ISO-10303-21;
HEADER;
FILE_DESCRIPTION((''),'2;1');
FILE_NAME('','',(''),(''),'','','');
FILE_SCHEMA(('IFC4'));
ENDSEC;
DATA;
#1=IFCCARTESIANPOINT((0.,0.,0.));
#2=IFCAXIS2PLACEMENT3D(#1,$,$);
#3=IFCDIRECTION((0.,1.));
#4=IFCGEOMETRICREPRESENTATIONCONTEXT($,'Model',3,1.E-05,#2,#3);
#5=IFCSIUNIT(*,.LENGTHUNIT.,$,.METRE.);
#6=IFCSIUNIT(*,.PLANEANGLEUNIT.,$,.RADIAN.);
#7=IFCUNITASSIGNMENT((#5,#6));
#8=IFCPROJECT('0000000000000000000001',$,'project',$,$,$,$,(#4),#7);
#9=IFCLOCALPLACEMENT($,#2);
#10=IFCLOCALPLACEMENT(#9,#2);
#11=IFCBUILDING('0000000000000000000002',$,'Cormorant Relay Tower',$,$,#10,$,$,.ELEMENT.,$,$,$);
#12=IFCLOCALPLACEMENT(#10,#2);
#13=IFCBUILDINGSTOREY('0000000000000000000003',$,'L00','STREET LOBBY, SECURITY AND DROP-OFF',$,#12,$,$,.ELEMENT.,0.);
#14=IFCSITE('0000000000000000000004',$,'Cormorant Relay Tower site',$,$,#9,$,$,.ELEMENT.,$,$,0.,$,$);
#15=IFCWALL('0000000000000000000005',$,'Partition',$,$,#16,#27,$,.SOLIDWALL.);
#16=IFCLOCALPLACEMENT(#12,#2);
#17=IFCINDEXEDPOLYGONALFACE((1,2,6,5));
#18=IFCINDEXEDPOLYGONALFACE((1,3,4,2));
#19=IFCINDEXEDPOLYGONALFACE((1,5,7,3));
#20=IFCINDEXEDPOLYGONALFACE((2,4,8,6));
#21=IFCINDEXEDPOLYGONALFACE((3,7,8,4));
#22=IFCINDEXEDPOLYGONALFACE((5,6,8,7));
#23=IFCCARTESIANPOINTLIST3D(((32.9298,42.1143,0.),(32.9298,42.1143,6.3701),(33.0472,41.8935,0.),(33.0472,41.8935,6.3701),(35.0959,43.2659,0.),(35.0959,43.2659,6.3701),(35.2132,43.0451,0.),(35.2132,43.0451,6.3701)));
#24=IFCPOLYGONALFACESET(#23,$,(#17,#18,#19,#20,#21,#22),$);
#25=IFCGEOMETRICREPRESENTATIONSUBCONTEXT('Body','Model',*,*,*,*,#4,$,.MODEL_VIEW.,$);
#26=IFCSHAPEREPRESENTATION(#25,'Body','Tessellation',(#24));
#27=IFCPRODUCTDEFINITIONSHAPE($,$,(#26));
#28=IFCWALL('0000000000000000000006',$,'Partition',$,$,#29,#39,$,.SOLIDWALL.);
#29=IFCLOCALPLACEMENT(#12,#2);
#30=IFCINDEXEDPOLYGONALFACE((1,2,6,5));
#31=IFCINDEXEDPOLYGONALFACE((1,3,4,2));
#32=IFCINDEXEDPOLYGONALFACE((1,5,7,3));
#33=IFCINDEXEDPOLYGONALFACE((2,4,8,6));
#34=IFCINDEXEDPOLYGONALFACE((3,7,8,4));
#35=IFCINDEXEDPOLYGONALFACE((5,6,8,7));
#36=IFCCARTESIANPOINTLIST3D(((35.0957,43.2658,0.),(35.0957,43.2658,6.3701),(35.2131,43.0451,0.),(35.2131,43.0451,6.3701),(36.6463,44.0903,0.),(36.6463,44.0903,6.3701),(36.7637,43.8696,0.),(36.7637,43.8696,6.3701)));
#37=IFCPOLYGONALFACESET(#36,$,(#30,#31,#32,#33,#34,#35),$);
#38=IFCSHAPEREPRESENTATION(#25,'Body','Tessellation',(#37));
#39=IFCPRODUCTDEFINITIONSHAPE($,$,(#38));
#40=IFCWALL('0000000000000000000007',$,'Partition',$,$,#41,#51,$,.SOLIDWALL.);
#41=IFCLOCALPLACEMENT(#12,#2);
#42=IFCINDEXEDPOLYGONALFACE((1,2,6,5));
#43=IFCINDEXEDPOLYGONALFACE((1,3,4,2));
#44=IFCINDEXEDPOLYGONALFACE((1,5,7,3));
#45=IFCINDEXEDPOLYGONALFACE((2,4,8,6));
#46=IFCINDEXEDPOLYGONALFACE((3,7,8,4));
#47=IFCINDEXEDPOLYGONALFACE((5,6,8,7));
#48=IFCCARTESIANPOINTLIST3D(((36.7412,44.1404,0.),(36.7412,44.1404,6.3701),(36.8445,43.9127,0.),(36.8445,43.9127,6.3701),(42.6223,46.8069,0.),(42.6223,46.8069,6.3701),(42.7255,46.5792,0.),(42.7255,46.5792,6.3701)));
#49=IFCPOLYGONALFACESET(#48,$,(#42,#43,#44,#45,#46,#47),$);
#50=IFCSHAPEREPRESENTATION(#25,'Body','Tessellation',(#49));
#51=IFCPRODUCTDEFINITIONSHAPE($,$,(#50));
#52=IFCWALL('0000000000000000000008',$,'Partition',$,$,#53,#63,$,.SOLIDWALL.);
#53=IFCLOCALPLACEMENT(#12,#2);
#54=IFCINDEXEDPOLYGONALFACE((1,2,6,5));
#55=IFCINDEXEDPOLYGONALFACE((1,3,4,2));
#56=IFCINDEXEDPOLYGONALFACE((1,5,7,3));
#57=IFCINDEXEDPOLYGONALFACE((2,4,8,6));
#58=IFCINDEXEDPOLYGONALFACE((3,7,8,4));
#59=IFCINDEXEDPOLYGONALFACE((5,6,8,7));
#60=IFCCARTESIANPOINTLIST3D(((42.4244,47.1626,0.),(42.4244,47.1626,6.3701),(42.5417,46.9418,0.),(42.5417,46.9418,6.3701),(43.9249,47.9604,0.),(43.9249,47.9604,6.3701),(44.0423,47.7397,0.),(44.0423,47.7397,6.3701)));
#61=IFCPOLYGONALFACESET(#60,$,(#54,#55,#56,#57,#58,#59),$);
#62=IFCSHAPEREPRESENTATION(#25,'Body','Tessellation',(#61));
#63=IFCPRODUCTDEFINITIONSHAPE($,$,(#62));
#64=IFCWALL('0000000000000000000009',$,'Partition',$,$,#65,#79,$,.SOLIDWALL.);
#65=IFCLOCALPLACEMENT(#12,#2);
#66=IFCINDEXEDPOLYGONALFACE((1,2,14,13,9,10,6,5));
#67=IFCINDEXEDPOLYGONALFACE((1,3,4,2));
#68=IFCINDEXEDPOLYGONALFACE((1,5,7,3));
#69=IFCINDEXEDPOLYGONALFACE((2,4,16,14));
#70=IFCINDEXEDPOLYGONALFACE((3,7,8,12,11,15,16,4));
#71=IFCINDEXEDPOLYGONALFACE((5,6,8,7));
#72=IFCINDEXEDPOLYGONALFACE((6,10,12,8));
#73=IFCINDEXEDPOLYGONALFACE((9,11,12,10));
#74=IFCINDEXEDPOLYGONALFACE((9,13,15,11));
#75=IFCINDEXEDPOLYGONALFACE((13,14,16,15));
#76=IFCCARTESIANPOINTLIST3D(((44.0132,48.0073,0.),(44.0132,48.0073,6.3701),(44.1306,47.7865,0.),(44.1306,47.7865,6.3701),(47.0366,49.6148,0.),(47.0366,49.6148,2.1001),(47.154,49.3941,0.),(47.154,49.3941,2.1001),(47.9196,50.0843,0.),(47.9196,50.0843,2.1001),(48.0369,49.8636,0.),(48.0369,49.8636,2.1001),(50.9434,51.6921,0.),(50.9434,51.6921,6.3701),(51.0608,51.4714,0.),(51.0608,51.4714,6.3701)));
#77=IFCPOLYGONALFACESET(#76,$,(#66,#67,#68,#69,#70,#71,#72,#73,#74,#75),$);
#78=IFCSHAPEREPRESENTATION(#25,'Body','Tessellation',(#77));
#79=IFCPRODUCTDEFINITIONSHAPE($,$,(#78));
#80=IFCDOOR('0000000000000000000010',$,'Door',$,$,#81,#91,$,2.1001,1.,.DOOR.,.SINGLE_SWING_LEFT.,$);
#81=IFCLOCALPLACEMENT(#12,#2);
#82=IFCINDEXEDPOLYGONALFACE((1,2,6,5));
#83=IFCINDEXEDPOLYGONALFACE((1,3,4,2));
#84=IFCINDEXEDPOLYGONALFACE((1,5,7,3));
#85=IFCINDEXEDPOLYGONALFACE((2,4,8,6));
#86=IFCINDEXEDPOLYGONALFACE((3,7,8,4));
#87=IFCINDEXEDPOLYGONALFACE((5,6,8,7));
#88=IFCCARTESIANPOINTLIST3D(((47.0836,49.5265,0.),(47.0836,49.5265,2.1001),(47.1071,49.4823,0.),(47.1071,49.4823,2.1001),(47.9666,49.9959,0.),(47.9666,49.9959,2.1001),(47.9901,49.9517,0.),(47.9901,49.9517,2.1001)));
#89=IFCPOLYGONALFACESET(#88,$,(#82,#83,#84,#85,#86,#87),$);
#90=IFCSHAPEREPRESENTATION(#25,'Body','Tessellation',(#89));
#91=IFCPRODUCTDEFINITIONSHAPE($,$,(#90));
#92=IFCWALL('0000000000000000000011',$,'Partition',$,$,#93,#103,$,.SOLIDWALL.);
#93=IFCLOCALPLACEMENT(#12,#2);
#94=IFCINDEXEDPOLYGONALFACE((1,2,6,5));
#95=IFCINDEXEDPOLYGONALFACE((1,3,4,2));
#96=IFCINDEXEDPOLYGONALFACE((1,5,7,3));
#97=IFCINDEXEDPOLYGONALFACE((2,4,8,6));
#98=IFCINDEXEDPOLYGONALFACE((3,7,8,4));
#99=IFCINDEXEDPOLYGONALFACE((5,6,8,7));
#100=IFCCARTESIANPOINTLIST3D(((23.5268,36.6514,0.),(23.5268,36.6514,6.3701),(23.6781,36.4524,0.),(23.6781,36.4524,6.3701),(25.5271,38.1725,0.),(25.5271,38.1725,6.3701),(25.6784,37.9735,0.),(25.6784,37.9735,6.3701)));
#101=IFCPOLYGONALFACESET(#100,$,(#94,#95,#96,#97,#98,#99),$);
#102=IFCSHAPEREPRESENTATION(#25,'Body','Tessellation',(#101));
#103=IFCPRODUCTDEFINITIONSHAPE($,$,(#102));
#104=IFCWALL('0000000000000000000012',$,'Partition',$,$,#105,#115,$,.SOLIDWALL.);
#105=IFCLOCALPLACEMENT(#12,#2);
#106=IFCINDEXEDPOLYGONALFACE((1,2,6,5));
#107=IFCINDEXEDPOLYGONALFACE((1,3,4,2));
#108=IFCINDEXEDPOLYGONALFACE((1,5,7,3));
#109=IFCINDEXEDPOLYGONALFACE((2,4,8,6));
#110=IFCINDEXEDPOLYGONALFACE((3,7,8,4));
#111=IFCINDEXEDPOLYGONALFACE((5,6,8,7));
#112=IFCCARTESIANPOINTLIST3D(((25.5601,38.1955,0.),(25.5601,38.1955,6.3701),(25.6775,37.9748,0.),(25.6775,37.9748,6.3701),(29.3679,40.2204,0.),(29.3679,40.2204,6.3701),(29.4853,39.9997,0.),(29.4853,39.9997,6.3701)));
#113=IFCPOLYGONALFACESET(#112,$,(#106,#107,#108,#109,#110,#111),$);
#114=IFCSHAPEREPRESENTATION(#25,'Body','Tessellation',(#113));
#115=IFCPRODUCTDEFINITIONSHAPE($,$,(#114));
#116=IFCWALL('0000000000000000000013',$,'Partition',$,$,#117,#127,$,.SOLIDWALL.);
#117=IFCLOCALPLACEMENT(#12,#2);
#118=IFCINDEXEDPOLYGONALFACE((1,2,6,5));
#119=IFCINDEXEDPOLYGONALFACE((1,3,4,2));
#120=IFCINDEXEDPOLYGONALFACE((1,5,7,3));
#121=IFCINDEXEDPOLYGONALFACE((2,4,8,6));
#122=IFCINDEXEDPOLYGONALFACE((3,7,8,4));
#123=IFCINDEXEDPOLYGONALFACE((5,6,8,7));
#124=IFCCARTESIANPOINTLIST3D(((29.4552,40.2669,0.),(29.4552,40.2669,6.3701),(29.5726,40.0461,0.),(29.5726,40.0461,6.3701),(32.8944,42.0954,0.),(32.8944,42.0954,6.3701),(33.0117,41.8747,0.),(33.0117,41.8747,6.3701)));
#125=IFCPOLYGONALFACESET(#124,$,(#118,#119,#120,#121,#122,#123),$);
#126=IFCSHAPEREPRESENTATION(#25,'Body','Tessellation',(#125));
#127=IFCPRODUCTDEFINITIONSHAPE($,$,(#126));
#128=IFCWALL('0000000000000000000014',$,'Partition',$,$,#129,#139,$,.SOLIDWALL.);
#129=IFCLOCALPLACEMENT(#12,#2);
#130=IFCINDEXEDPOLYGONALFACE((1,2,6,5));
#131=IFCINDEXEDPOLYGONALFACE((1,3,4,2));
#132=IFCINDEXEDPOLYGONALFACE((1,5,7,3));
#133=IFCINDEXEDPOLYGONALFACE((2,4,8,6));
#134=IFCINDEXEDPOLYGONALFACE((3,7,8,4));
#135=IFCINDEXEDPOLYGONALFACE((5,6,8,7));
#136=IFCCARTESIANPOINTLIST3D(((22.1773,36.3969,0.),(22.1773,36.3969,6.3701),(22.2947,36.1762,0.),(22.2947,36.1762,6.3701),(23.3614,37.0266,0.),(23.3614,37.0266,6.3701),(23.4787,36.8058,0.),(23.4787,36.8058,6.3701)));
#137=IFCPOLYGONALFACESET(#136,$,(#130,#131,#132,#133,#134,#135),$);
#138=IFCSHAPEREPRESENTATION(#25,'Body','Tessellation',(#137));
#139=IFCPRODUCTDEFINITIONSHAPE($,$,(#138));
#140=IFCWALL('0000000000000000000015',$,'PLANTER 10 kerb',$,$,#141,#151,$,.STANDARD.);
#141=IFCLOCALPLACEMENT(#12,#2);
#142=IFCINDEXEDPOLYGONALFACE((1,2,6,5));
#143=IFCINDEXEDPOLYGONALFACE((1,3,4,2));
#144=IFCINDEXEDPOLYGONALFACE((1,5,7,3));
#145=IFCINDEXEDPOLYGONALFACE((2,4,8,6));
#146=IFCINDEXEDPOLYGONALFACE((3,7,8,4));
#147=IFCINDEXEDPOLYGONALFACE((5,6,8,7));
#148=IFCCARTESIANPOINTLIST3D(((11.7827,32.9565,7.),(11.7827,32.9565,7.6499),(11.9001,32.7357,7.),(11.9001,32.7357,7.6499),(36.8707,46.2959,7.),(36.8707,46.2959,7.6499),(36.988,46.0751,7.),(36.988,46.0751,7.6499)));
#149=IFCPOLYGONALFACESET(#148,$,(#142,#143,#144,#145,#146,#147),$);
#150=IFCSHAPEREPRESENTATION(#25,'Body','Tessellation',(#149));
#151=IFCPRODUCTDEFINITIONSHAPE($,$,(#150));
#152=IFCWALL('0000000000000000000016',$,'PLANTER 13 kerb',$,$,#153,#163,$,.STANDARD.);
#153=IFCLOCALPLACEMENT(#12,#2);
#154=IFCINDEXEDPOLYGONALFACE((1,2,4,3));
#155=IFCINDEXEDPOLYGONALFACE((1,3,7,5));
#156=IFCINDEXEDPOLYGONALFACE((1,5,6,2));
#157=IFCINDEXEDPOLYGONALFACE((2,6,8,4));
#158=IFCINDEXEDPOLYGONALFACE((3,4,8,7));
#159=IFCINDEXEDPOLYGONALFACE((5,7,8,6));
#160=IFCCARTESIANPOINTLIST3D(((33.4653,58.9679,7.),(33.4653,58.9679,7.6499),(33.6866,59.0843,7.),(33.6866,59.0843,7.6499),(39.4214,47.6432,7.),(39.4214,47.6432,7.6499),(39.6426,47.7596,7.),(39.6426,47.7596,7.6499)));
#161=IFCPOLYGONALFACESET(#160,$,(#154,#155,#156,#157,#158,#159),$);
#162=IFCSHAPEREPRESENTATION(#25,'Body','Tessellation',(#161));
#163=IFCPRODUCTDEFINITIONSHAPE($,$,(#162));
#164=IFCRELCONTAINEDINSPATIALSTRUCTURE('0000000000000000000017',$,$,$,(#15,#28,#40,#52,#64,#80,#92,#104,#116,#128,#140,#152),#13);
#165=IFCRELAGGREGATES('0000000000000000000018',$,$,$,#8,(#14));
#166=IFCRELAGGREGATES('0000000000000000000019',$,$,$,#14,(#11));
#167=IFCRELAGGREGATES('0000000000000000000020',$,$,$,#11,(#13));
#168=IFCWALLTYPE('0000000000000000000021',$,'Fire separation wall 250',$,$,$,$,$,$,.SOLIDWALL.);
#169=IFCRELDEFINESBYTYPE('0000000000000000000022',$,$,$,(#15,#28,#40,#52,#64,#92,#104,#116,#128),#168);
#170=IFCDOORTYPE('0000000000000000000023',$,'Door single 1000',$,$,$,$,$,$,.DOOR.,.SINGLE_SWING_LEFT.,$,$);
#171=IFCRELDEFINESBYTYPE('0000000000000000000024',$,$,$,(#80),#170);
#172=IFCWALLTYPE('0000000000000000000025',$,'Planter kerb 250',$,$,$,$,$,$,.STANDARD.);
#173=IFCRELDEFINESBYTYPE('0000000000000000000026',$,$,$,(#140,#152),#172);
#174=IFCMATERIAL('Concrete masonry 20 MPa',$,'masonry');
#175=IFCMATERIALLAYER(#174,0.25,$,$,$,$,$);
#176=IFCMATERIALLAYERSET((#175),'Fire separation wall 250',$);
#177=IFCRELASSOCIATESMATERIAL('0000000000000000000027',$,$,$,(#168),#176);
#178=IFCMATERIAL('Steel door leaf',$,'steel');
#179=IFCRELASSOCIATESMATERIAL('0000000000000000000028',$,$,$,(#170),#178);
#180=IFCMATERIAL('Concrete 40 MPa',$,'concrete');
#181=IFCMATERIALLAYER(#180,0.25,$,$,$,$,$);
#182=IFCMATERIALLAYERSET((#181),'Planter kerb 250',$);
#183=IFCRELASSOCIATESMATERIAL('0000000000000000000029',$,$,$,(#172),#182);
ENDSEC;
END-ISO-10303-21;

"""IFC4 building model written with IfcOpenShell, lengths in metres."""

from ifc_helpers import new_model, si_unit, direction, frame, frame_2d, origin, place, context, subcontext, project, spatial, rectangle, extrude, material, layer, layer_set, type_object, element, fill, save


model = new_model("IFC4")

# Units and contexts
model_context = context("Model", 3, precision=1e-05, world=origin(), true_north=direction((0.0, 1.0)))
body_context = subcontext(model_context, "Body", "Model", "MODEL_VIEW")
ifc_project = project(units=[si_unit("LENGTHUNIT", "METRE"), si_unit("PLANEANGLEUNIT", "RADIAN")], contexts=[model_context])

# Site, building, storey
site_placement = place(None, origin())
site = spatial("IfcSite", under=ifc_project, at=site_placement, Name="Cormorant Relay Tower site", CompositionType="ELEMENT", RefElevation=0.0)
building_placement = place(site_placement, origin())
building = spatial("IfcBuilding", under=site, at=building_placement, Name="Cormorant Relay Tower", CompositionType="ELEMENT")
storey_placement = place(building_placement, origin())
storey = spatial("IfcBuildingStorey", under=building, at=storey_placement, Name="L00", Description="STREET LOBBY, SECURITY AND DROP-OFF", CompositionType="ELEMENT", Elevation=0.0)

# Walls
ifc_material_1 = material(Name="Concrete masonry 20 MPa", Category="masonry")
ifc_layer_1 = layer(ifc_material_1, 0.25)
ifc_layer_set_1 = layer_set([ifc_layer_1], Name="Fire separation wall 250")
wall_type_1 = type_object("IfcWallType", Name="Fire separation wall 250", PredefinedType="SOLIDWALL", material=ifc_layer_set_1)
wall_1_placement = place(storey_placement, frame((32.9885, 42.0039, 0.0), z_axis=(0.0, 0.0, 1.0), x_axis=(0.882961, 0.469446, 0.0)))
element("IfcWall", 1, at=wall_1_placement, inside=storey, type_object=wall_type_1, Name="Partition", PredefinedType="SOLIDWALL", context=body_context, shape_type="SweptSolid", body=[
    extrude(rectangle(XDim=2.4531, YDim=0.25, at=frame_2d((1.2266, 0.0))), origin(), (0.0, 0.0, 1.0), 6.3701),
])
wall_2_placement = place(storey_placement, frame((35.1545, 43.1555, 0.0), z_axis=(0.0, 0.0, 1.0), x_axis=(0.882941, 0.469484, 0.0)))
element("IfcWall", 2, at=wall_2_placement, inside=storey, type_object=wall_type_1, Name="Partition", PredefinedType="SOLIDWALL", context=body_context, shape_type="SweptSolid", body=[
    extrude(rectangle(XDim=1.7561, YDim=0.25, at=frame_2d((0.8779, 0.0))), origin(), (0.0, 0.0, 1.0), 6.3701),
])
wall_3_placement = place(storey_placement, frame((36.793, 44.0266, 0.0), z_axis=(0.0, 0.0, 1.0), x_axis=(0.910758, 0.41294, 0.0)))
element("IfcWall", 3, at=wall_3_placement, inside=storey, type_object=wall_type_1, Name="Partition", PredefinedType="SOLIDWALL", context=body_context, shape_type="SweptSolid", body=[
    extrude(rectangle(XDim=6.4573, YDim=0.25, at=frame_2d((3.2285, 0.0))), origin(), (0.0, 0.0, 1.0), 6.3701),
])
wall_4_placement = place(storey_placement, frame((42.4832, 47.0522, 0.0), z_axis=(0.0, 0.0, 1.0), x_axis=(0.882941, 0.469484, 0.0)))
element("IfcWall", 4, at=wall_4_placement, inside=storey, type_object=wall_type_1, Name="Partition", PredefinedType="SOLIDWALL", context=body_context, shape_type="SweptSolid", body=[
    extrude(rectangle(XDim=1.6995, YDim=0.25, at=frame_2d((0.8496, 0.0))), origin(), (0.0, 0.0, 1.0), 6.3701),
])

# Wall, opening, door
wall_5_placement = place(storey_placement, frame((44.072, 47.897, 0.0), z_axis=(0.0, 0.0, 1.0), x_axis=(0.882949, 0.469469, 0.0)))
wall_5 = element("IfcWall", 5, at=wall_5_placement, inside=storey, type_object=wall_type_1, Name="Partition", PredefinedType="SOLIDWALL", context=body_context, shape_type="SweptSolid", body=[
    extrude(rectangle(XDim=7.8489, YDim=0.25, at=frame_2d((3.9243, 0.0))), origin(), (0.0, 0.0, 1.0), 6.3701),
])
opening_placement = place(wall_5_placement, frame((3.4241, 0.0, 0.0)))
opening = element("IfcOpeningElement", 6, at=opening_placement, cuts=wall_5, PredefinedType="OPENING", context=body_context, shape_type="SweptSolid", body=[
    extrude(rectangle(XDim=1.0, YDim=2.1001, at=frame_2d((0.5, 1.05))), frame((0.0, 0.135, 0.0), z_axis=(0.0, -1.0, 0.0), x_axis=(1.0, 0.0, 0.0)), (0.0, 0.0, 1.0), 0.27),
])
ifc_material_2 = material(Name="Steel door leaf", Category="steel")
door_type = type_object("IfcDoorType", Name="Door single 1000", OperationType="SINGLE_SWING_LEFT", PredefinedType="DOOR", material=ifc_material_2)
door_placement = place(opening_placement, origin())
door = element("IfcDoor", 7, at=door_placement, inside=storey, type_object=door_type, Name="Door", OperationType="SINGLE_SWING_LEFT", OverallHeight=2.1001, OverallWidth=1.0, PredefinedType="DOOR", context=body_context, shape_type="SweptSolid", body=[
    extrude(rectangle(XDim=1.0, YDim=2.1001, at=frame_2d((0.5, 1.05))), frame((0.0, 0.0249, 0.0), z_axis=(0.0, -1.0, 0.0), x_axis=(1.0, 0.0, 0.0)), (0.0, 0.0, 1.0), 0.05),
])
fill(opening, door)

# Walls
wall_6_placement = place(storey_placement, frame((23.6025, 36.552, 0.0), z_axis=(0.0, 0.0, 1.0), x_axis=(0.796007, 0.605288, 0.0)))
element("IfcWall", 8, at=wall_6_placement, inside=storey, type_object=wall_type_1, Name="Partition", PredefinedType="SOLIDWALL", context=body_context, shape_type="SweptSolid", body=[
    extrude(rectangle(XDim=2.5129, YDim=0.25, at=frame_2d((1.2563, 0.0))), origin(), (0.0, 0.0, 1.0), 6.3701),
])
wall_7_placement = place(storey_placement, frame((25.6189, 38.0852, 0.0), z_axis=(0.0, 0.0, 1.0), x_axis=(0.882926, 0.469513, 0.0)))
element("IfcWall", 9, at=wall_7_placement, inside=storey, type_object=wall_type_1, Name="Partition", PredefinedType="SOLIDWALL", context=body_context, shape_type="SweptSolid", body=[
    extrude(rectangle(XDim=4.3127, YDim=0.25, at=frame_2d((2.1562, 0.0))), origin(), (0.0, 0.0, 1.0), 6.3701),
])
wall_8_placement = place(storey_placement, frame((29.5139, 40.1565, 0.0), z_axis=(0.0, 0.0, 1.0), x_axis=(0.882953, 0.469462, 0.0)))
element("IfcWall", 10, at=wall_8_placement, inside=storey, type_object=wall_type_1, Name="Partition", PredefinedType="SOLIDWALL", context=body_context, shape_type="SweptSolid", body=[
    extrude(rectangle(XDim=3.895, YDim=0.25, at=frame_2d((1.9475, 0.0))), origin(), (0.0, 0.0, 1.0), 6.3701),
])
wall_9_placement = place(storey_placement, frame((22.2361, 36.2866, 0.0), z_axis=(0.0, 0.0, 1.0), x_axis=(0.882932, 0.469501, 0.0)))
element("IfcWall", 11, at=wall_9_placement, inside=storey, type_object=wall_type_1, Name="Partition", PredefinedType="SOLIDWALL", context=body_context, shape_type="SweptSolid", body=[
    extrude(rectangle(XDim=1.3411, YDim=0.25, at=frame_2d((0.6704, 0.0))), origin(), (0.0, 0.0, 1.0), 6.3701),
])
ifc_material_3 = material(Name="Concrete 40 MPa", Category="concrete")
ifc_layer_2 = layer(ifc_material_3, 0.25)
ifc_layer_set_2 = layer_set([ifc_layer_2], Name="Planter kerb 250")
wall_type_2 = type_object("IfcWallType", Name="Planter kerb 250", PredefinedType="STANDARD", material=ifc_layer_set_2)
wall_10_placement = place(storey_placement, frame((36.9294, 46.1855, 7.0), z_axis=(0.0, 0.0, 1.0), x_axis=(-0.882949, -0.469468, 0.0)))
element("IfcWall", 12, at=wall_10_placement, inside=storey, type_object=wall_type_2, Name="PLANTER 10 kerb", PredefinedType="STANDARD", context=body_context, shape_type="SweptSolid", body=[
    extrude(rectangle(XDim=28.4138, YDim=0.25, at=frame_2d((14.207, 0.0))), origin(), (0.0, 0.0, 1.0), 0.6499),
])
wall_11_placement = place(storey_placement, frame((39.532, 47.7014, 7.0), z_axis=(0.0, 0.0, 1.0), x_axis=(-0.465482, 0.885057, 0.0)))
element("IfcWall", 13, at=wall_11_placement, inside=storey, type_object=wall_type_2, Name="PLANTER 13 kerb", PredefinedType="STANDARD", context=body_context, shape_type="SweptSolid", body=[
    extrude(rectangle(XDim=12.7954, YDim=0.25, at=frame_2d((6.3977, 0.0))), origin(), (0.0, 0.0, 1.0), 0.6499),
])

save(model, "model.ifc")
